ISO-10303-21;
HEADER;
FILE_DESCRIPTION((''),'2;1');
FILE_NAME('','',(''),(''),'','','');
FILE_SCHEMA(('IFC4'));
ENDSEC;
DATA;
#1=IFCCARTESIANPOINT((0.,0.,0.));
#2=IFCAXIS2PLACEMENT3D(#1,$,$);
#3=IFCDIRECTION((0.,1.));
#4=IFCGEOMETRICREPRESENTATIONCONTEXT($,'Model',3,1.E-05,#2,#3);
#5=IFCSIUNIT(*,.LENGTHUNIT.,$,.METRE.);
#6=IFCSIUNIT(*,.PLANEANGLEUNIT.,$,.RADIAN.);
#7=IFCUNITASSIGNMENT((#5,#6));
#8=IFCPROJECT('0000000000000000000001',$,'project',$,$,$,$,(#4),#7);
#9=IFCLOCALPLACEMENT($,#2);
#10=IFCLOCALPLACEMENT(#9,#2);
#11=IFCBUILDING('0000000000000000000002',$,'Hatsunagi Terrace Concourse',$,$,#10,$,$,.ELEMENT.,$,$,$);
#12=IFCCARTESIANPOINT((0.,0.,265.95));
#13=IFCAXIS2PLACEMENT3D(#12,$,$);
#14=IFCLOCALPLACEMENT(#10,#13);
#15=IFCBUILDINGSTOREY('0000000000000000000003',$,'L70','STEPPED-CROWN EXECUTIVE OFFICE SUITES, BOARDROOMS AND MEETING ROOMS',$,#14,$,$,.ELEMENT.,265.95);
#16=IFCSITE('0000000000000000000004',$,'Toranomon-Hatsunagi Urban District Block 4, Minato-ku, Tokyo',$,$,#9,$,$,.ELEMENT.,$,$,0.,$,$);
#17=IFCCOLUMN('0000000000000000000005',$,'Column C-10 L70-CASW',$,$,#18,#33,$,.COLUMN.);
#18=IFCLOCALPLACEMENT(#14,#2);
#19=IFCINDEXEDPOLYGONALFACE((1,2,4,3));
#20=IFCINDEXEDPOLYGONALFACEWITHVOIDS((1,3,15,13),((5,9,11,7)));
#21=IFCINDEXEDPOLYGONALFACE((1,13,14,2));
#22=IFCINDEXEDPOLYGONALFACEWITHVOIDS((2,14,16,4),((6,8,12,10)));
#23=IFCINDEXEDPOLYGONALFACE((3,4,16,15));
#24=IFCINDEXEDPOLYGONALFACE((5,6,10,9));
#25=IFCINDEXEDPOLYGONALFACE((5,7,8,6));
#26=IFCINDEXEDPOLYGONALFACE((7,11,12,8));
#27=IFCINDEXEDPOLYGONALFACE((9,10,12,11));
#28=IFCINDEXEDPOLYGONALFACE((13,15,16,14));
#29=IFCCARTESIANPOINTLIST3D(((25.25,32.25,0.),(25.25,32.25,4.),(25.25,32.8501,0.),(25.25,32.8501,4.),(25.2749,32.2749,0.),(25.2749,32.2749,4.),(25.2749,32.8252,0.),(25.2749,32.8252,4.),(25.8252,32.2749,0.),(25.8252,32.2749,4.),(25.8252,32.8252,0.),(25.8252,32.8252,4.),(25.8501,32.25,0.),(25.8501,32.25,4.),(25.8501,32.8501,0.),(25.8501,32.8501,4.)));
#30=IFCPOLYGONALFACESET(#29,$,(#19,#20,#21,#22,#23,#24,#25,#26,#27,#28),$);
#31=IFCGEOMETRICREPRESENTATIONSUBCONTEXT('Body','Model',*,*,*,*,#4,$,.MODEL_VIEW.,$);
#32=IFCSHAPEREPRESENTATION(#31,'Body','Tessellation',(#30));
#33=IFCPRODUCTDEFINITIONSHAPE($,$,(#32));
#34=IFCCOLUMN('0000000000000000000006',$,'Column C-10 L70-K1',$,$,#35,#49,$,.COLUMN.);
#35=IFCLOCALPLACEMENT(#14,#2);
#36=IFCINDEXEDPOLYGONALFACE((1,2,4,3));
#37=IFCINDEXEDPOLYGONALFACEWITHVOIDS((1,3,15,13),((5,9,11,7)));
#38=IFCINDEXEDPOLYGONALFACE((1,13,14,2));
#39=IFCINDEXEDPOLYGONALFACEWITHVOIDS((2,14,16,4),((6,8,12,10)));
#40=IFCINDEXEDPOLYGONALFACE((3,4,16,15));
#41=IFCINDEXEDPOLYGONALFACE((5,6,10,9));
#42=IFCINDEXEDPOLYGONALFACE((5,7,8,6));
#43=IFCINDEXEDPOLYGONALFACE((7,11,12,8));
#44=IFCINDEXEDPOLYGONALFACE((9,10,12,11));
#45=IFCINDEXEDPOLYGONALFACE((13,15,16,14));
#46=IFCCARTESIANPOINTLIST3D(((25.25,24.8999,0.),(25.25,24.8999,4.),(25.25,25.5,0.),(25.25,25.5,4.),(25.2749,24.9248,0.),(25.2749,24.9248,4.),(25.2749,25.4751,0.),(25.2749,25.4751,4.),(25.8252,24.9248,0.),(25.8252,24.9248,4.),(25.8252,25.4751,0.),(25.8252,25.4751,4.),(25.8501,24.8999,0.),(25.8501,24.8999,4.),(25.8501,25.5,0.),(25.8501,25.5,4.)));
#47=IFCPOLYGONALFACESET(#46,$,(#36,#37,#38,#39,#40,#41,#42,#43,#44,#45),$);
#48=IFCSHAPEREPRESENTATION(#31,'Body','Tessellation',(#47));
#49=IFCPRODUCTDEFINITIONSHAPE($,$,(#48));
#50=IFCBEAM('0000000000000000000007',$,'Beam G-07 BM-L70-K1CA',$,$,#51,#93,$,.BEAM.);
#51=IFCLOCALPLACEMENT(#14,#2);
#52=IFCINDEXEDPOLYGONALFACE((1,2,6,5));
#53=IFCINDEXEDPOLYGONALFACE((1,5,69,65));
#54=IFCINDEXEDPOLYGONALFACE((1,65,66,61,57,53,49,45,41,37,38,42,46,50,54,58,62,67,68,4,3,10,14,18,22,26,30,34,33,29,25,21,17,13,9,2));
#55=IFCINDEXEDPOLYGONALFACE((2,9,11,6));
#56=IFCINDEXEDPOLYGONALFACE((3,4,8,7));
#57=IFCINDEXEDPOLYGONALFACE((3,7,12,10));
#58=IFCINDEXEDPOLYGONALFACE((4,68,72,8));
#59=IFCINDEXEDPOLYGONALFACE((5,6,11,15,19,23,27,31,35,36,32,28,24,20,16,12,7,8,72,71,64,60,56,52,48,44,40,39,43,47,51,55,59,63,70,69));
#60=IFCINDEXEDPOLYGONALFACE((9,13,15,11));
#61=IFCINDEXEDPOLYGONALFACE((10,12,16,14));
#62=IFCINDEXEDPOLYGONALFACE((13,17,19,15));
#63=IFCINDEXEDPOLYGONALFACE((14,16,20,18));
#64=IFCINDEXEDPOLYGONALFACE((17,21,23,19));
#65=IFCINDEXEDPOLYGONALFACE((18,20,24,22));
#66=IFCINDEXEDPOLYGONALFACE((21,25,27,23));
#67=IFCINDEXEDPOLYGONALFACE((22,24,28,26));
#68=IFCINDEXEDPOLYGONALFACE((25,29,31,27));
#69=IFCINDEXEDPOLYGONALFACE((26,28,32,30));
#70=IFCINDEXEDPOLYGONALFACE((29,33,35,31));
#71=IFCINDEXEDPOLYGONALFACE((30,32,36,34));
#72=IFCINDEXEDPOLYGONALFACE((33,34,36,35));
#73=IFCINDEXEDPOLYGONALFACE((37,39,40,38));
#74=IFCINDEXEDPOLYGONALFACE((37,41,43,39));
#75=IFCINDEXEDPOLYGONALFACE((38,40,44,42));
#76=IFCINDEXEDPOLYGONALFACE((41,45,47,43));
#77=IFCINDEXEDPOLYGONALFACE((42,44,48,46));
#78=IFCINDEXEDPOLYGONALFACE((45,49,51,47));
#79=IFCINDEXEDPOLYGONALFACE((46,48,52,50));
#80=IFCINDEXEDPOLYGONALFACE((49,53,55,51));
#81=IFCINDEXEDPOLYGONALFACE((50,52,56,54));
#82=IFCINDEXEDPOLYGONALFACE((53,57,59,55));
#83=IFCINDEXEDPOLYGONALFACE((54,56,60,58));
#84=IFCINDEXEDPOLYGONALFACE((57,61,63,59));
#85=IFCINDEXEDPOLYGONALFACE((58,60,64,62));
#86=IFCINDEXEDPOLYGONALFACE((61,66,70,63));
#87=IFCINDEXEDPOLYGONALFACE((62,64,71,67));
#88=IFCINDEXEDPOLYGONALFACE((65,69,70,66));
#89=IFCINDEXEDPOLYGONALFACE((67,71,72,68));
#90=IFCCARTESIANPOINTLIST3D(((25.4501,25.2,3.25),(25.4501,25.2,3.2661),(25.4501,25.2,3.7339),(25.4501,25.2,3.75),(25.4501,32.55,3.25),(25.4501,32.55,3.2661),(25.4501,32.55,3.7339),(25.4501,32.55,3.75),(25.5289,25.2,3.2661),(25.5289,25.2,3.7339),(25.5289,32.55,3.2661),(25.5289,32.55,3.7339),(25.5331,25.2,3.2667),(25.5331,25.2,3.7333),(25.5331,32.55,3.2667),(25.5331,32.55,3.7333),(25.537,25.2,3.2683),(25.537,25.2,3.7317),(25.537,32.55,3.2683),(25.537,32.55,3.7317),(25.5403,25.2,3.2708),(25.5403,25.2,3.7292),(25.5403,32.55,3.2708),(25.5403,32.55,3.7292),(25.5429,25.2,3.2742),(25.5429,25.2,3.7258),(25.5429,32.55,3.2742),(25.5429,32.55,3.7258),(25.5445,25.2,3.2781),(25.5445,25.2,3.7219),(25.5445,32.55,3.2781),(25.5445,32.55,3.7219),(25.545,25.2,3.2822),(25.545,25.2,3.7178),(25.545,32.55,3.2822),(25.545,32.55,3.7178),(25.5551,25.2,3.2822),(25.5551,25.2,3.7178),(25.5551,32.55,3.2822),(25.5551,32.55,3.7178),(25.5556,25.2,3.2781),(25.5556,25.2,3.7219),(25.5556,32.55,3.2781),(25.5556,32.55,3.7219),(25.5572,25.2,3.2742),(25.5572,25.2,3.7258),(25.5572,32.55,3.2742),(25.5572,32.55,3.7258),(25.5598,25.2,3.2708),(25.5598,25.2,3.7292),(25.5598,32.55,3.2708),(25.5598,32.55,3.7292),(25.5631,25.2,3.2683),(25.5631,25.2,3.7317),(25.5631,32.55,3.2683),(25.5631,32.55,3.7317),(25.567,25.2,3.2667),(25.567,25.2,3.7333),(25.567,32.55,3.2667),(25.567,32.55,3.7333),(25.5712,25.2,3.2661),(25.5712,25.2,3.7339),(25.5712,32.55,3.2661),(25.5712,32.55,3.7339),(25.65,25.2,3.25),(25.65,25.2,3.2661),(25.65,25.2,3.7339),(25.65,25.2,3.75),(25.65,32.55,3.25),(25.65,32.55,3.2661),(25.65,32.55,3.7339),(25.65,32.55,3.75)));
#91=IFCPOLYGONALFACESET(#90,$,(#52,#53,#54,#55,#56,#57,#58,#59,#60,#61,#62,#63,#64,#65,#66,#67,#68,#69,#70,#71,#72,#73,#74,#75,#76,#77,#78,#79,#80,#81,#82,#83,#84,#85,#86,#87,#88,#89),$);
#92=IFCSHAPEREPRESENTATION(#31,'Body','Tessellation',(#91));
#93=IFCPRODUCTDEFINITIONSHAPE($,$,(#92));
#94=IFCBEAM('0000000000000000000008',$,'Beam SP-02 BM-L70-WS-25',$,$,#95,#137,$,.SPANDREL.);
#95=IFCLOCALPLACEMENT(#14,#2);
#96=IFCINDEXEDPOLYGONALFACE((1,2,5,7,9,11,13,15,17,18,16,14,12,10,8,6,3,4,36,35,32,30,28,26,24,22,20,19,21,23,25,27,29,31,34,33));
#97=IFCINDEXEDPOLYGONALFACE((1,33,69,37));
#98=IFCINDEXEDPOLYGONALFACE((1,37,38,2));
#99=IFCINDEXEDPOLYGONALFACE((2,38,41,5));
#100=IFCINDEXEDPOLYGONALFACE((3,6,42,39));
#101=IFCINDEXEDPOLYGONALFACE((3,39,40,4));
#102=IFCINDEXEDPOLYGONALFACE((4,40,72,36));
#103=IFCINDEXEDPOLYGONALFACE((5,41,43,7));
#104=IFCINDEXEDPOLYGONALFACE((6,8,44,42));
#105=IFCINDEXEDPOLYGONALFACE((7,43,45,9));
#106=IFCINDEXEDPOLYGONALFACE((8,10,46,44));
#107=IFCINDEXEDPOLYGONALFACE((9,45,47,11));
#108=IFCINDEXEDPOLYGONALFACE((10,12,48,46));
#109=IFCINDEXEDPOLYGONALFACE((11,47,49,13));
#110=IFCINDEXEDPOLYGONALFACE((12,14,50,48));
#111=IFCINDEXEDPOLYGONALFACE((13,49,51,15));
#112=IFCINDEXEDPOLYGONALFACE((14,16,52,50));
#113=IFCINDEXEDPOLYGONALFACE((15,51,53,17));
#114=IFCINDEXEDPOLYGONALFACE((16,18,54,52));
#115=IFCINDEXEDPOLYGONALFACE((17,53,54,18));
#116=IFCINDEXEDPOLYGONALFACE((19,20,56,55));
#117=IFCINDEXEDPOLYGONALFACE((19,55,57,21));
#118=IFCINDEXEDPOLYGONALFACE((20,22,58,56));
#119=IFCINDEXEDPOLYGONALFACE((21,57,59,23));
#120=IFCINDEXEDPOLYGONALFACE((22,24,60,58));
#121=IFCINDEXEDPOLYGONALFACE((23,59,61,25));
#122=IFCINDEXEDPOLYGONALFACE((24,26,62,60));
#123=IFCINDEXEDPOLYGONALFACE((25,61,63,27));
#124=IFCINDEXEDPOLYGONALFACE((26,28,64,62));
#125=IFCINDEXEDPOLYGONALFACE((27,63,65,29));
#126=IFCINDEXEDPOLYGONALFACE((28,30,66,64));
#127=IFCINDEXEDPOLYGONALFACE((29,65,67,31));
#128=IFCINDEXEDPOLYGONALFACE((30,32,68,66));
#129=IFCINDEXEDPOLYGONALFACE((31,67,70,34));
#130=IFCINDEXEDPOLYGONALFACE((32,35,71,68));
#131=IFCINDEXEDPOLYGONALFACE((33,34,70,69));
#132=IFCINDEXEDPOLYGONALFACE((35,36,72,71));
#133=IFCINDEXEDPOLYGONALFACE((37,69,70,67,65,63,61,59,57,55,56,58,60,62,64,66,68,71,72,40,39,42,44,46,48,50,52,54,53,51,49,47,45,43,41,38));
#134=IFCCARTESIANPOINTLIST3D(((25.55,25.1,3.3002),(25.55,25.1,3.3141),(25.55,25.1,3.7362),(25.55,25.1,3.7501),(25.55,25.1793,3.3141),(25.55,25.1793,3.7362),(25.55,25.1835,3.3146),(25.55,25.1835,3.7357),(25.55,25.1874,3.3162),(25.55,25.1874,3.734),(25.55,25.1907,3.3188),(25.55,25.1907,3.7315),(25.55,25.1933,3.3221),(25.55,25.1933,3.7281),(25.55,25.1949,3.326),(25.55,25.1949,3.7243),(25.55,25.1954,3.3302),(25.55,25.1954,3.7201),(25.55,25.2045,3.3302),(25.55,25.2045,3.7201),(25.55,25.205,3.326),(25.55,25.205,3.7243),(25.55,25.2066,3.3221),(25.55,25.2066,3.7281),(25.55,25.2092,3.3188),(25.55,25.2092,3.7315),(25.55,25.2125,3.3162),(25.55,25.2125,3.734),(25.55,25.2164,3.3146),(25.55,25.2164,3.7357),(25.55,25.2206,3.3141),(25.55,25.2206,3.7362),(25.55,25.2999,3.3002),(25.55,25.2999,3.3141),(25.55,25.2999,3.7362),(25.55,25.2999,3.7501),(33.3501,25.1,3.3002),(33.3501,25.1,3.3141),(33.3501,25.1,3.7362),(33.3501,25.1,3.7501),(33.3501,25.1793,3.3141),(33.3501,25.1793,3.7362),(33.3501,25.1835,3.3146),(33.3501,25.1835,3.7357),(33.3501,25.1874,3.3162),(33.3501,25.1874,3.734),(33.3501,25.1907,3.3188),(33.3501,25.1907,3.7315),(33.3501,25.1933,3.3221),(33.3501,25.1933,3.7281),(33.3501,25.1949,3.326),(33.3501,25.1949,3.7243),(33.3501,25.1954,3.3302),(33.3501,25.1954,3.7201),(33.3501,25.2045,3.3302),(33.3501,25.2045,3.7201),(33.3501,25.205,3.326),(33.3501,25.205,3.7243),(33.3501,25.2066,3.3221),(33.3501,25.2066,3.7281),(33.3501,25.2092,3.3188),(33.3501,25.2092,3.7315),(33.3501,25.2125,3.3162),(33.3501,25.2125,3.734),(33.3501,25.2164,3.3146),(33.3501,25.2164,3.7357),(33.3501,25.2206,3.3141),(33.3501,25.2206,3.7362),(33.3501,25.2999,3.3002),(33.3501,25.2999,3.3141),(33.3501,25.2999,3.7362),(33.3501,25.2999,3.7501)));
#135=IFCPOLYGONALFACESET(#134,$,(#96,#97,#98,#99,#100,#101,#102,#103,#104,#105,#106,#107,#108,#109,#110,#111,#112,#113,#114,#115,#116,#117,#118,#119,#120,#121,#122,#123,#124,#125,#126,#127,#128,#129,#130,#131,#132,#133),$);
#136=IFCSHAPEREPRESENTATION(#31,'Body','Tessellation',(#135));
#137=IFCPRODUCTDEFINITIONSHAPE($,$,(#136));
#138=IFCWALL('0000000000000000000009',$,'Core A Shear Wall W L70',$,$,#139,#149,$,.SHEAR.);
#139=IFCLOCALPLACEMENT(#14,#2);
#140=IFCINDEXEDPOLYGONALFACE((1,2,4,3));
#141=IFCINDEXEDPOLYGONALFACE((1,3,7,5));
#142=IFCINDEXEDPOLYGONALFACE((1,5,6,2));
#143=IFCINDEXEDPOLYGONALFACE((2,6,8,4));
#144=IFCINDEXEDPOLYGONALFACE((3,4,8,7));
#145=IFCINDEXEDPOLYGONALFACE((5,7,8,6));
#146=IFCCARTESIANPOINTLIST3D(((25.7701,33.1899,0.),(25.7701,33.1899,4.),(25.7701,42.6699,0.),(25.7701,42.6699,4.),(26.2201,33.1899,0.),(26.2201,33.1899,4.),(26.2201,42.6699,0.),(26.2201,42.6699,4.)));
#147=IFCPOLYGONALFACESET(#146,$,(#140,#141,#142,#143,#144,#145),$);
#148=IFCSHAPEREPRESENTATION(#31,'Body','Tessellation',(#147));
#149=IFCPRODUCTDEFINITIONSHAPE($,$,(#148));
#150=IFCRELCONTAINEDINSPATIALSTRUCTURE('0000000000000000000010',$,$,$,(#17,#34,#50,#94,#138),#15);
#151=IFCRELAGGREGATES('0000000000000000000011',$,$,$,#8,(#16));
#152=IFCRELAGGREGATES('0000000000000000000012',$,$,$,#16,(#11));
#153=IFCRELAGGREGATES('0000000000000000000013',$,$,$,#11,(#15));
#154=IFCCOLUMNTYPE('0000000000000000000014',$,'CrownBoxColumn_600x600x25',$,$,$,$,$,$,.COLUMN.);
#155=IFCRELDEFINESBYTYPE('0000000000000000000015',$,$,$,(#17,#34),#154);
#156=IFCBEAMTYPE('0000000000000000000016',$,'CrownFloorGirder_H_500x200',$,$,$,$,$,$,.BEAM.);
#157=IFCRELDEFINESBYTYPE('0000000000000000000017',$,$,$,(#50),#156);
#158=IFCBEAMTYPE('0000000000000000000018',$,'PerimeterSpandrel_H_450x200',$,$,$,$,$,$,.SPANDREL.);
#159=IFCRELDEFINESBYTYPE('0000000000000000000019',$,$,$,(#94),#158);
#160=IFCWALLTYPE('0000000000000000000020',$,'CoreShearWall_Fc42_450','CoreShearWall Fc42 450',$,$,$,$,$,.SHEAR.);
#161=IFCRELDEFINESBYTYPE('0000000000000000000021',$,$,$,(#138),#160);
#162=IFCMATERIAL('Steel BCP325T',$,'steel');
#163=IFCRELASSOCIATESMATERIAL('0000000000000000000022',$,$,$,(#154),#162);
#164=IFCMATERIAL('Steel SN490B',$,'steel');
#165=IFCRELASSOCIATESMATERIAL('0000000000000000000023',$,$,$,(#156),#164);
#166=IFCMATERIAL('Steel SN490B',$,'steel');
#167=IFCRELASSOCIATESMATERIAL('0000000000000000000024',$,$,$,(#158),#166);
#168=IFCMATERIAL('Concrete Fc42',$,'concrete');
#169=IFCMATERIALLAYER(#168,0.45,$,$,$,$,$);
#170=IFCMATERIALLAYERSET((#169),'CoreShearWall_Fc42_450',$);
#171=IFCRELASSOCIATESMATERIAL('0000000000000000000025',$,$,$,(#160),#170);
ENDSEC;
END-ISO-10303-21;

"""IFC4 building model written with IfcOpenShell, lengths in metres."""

from ifc_helpers import new_model, si_unit, direction, frame, frame_2d, origin, origin_2d, place, context, subcontext, project, spatial, rectangle, hollow_rectangle, i_section, extrude, material, layer, layer_set, material_profile, profile_set, type_object, element, save


model = new_model("IFC4")

# Units and contexts
model_context = context("Model", 3, precision=1e-05, world=origin(), true_north=direction((0.0, 1.0)))
body_context = subcontext(model_context, "Body", "Model", "MODEL_VIEW")
ifc_project = project(units=[si_unit("LENGTHUNIT", "METRE"), si_unit("PLANEANGLEUNIT", "RADIAN")], contexts=[model_context])

# Site, building, storey
site_placement = place(None, origin())
site = spatial("IfcSite", under=ifc_project, at=site_placement, Name="Toranomon-Hatsunagi Urban District Block 4, Minato-ku, Tokyo", CompositionType="ELEMENT", RefElevation=0.0)
building_placement = place(site_placement, origin())
building = spatial("IfcBuilding", under=site, at=building_placement, Name="Hatsunagi Terrace Concourse", CompositionType="ELEMENT")
storey_placement = place(building_placement, frame((0.0, 0.0, 265.95)))
storey = spatial("IfcBuildingStorey", under=building, at=storey_placement, Name="L70", Description="STEPPED-CROWN EXECUTIVE OFFICE SUITES, BOARDROOMS AND MEETING ROOMS", CompositionType="ELEMENT", Elevation=265.95)

# Columns
ifc_material_1 = material(Name="Steel BCP325T", Category="steel")
ifc_material_profile_1 = material_profile(ifc_material_1, hollow_rectangle(XDim=0.6001, YDim=0.6001, WallThickness=0.0249, at=origin_2d()), Name="BCP-600x600x25")
ifc_profile_set_1 = profile_set([ifc_material_profile_1], Name="Steel BCP325T")
column_type = type_object("IfcColumnType", Name="CrownBoxColumn_600x600x25", PredefinedType="COLUMN", material=ifc_profile_set_1)
for number, where, z_axis, x_axis, name in (
    (1, (25.55, 32.55, 0.0), (0.0, 0.0, 1.0), (1.0, 0.0, 0.0), "Column C-10 L70-CASW"),
    (2, (25.55, 25.2, 0.0), (0.0, 0.0, 1.0), (1.0, 0.0, 0.0), "Column C-10 L70-K1"),
):
    element("IfcColumn", number, at=place(storey_placement, frame(where, z_axis=z_axis, x_axis=x_axis)), inside=storey, type_object=column_type, Name=name, PredefinedType="COLUMN", context=body_context, shape_type="SweptSolid", body=[
        extrude(hollow_rectangle(XDim=0.6001, YDim=0.6001, WallThickness=0.0249, at=origin_2d()), origin(), (0.0, 0.0, 1.0), 4.0),
    ])

# Beams
ifc_material_2 = material(Name="Steel SN490B", Category="steel")
ifc_material_profile_2 = material_profile(ifc_material_2, i_section(OverallWidth=0.2, OverallDepth=0.5, WebThickness=0.01, FlangeThickness=0.0161, FilletRadius=0.0161, at=origin_2d()), Name="H-500x200x10x16")
ifc_profile_set_2 = profile_set([ifc_material_profile_2], Name="Steel SN490B")
beam_type_1 = type_object("IfcBeamType", Name="CrownFloorGirder_H_500x200", PredefinedType="BEAM", material=ifc_profile_set_2)
beam_1_placement = place(storey_placement, frame((25.55, 25.2, 3.5), z_axis=(0.0, 1.0, 0.0), x_axis=(-1.0, 0.0, 0.0)))
element("IfcBeam", 3, at=beam_1_placement, inside=storey, type_object=beam_type_1, Name="Beam G-07 BM-L70-K1CA", PredefinedType="BEAM", context=body_context, shape_type="SweptSolid", body=[
    extrude(i_section(OverallWidth=0.2, OverallDepth=0.5, WebThickness=0.01, FlangeThickness=0.0161, FilletRadius=0.0161, at=origin_2d()), origin(), (0.0, 0.0, 1.0), 7.3501),
])
ifc_material_3 = material(Name="Steel SN490B", Category="steel")
ifc_material_profile_3 = material_profile(ifc_material_3, i_section(OverallWidth=0.2, OverallDepth=0.45, WebThickness=0.009, FlangeThickness=0.0139, FilletRadius=0.0161, at=origin_2d()), Name="H-450x200x9x14")
ifc_profile_set_3 = profile_set([ifc_material_profile_3], Name="Steel SN490B")
beam_type_2 = type_object("IfcBeamType", Name="PerimeterSpandrel_H_450x200", PredefinedType="SPANDREL", material=ifc_profile_set_3)
beam_2_placement = place(storey_placement, frame((25.55, 25.2, 3.5251), z_axis=(1.0, 0.0, 0.0), x_axis=(0.0, 1.0, 0.0)))
element("IfcBeam", 4, at=beam_2_placement, inside=storey, type_object=beam_type_2, Name="Beam SP-02 BM-L70-WS-25", PredefinedType="SPANDREL", context=body_context, shape_type="SweptSolid", body=[
    extrude(i_section(OverallWidth=0.2, OverallDepth=0.45, WebThickness=0.009, FlangeThickness=0.0139, FilletRadius=0.0161, at=origin_2d()), origin(), (0.0, 0.0, 1.0), 7.8),
])

# Shared definitions
ifc_material_4 = material(Name="Concrete Fc42", Category="concrete")
ifc_layer_1 = layer(ifc_material_4, 0.45)
ifc_layer_set_1 = layer_set([ifc_layer_1], Name="CoreShearWall_Fc42_450")
wall_type_1 = type_object("IfcWallType", Name="CoreShearWall_Fc42_450", Description="CoreShearWall Fc42 450", PredefinedType="SHEAR", material=ifc_layer_set_1)

# Wall
wall_1_placement = place(storey_placement, frame((25.9951, 33.1899, 0.0), z_axis=(0.0, 0.0, 1.0), x_axis=(0.0, 1.0, 0.0)))
element("IfcWall", 5, at=wall_1_placement, inside=storey, type_object=wall_type_1, Name="Core A Shear Wall W L70", PredefinedType="SHEAR", context=body_context, shape_type="SweptSolid", body=[
    extrude(rectangle(XDim=9.48, YDim=0.45, at=frame_2d((4.74, 0.0))), origin(), (0.0, 0.0, 1.0), 4.0),
])

save(model, "model.ifc")
